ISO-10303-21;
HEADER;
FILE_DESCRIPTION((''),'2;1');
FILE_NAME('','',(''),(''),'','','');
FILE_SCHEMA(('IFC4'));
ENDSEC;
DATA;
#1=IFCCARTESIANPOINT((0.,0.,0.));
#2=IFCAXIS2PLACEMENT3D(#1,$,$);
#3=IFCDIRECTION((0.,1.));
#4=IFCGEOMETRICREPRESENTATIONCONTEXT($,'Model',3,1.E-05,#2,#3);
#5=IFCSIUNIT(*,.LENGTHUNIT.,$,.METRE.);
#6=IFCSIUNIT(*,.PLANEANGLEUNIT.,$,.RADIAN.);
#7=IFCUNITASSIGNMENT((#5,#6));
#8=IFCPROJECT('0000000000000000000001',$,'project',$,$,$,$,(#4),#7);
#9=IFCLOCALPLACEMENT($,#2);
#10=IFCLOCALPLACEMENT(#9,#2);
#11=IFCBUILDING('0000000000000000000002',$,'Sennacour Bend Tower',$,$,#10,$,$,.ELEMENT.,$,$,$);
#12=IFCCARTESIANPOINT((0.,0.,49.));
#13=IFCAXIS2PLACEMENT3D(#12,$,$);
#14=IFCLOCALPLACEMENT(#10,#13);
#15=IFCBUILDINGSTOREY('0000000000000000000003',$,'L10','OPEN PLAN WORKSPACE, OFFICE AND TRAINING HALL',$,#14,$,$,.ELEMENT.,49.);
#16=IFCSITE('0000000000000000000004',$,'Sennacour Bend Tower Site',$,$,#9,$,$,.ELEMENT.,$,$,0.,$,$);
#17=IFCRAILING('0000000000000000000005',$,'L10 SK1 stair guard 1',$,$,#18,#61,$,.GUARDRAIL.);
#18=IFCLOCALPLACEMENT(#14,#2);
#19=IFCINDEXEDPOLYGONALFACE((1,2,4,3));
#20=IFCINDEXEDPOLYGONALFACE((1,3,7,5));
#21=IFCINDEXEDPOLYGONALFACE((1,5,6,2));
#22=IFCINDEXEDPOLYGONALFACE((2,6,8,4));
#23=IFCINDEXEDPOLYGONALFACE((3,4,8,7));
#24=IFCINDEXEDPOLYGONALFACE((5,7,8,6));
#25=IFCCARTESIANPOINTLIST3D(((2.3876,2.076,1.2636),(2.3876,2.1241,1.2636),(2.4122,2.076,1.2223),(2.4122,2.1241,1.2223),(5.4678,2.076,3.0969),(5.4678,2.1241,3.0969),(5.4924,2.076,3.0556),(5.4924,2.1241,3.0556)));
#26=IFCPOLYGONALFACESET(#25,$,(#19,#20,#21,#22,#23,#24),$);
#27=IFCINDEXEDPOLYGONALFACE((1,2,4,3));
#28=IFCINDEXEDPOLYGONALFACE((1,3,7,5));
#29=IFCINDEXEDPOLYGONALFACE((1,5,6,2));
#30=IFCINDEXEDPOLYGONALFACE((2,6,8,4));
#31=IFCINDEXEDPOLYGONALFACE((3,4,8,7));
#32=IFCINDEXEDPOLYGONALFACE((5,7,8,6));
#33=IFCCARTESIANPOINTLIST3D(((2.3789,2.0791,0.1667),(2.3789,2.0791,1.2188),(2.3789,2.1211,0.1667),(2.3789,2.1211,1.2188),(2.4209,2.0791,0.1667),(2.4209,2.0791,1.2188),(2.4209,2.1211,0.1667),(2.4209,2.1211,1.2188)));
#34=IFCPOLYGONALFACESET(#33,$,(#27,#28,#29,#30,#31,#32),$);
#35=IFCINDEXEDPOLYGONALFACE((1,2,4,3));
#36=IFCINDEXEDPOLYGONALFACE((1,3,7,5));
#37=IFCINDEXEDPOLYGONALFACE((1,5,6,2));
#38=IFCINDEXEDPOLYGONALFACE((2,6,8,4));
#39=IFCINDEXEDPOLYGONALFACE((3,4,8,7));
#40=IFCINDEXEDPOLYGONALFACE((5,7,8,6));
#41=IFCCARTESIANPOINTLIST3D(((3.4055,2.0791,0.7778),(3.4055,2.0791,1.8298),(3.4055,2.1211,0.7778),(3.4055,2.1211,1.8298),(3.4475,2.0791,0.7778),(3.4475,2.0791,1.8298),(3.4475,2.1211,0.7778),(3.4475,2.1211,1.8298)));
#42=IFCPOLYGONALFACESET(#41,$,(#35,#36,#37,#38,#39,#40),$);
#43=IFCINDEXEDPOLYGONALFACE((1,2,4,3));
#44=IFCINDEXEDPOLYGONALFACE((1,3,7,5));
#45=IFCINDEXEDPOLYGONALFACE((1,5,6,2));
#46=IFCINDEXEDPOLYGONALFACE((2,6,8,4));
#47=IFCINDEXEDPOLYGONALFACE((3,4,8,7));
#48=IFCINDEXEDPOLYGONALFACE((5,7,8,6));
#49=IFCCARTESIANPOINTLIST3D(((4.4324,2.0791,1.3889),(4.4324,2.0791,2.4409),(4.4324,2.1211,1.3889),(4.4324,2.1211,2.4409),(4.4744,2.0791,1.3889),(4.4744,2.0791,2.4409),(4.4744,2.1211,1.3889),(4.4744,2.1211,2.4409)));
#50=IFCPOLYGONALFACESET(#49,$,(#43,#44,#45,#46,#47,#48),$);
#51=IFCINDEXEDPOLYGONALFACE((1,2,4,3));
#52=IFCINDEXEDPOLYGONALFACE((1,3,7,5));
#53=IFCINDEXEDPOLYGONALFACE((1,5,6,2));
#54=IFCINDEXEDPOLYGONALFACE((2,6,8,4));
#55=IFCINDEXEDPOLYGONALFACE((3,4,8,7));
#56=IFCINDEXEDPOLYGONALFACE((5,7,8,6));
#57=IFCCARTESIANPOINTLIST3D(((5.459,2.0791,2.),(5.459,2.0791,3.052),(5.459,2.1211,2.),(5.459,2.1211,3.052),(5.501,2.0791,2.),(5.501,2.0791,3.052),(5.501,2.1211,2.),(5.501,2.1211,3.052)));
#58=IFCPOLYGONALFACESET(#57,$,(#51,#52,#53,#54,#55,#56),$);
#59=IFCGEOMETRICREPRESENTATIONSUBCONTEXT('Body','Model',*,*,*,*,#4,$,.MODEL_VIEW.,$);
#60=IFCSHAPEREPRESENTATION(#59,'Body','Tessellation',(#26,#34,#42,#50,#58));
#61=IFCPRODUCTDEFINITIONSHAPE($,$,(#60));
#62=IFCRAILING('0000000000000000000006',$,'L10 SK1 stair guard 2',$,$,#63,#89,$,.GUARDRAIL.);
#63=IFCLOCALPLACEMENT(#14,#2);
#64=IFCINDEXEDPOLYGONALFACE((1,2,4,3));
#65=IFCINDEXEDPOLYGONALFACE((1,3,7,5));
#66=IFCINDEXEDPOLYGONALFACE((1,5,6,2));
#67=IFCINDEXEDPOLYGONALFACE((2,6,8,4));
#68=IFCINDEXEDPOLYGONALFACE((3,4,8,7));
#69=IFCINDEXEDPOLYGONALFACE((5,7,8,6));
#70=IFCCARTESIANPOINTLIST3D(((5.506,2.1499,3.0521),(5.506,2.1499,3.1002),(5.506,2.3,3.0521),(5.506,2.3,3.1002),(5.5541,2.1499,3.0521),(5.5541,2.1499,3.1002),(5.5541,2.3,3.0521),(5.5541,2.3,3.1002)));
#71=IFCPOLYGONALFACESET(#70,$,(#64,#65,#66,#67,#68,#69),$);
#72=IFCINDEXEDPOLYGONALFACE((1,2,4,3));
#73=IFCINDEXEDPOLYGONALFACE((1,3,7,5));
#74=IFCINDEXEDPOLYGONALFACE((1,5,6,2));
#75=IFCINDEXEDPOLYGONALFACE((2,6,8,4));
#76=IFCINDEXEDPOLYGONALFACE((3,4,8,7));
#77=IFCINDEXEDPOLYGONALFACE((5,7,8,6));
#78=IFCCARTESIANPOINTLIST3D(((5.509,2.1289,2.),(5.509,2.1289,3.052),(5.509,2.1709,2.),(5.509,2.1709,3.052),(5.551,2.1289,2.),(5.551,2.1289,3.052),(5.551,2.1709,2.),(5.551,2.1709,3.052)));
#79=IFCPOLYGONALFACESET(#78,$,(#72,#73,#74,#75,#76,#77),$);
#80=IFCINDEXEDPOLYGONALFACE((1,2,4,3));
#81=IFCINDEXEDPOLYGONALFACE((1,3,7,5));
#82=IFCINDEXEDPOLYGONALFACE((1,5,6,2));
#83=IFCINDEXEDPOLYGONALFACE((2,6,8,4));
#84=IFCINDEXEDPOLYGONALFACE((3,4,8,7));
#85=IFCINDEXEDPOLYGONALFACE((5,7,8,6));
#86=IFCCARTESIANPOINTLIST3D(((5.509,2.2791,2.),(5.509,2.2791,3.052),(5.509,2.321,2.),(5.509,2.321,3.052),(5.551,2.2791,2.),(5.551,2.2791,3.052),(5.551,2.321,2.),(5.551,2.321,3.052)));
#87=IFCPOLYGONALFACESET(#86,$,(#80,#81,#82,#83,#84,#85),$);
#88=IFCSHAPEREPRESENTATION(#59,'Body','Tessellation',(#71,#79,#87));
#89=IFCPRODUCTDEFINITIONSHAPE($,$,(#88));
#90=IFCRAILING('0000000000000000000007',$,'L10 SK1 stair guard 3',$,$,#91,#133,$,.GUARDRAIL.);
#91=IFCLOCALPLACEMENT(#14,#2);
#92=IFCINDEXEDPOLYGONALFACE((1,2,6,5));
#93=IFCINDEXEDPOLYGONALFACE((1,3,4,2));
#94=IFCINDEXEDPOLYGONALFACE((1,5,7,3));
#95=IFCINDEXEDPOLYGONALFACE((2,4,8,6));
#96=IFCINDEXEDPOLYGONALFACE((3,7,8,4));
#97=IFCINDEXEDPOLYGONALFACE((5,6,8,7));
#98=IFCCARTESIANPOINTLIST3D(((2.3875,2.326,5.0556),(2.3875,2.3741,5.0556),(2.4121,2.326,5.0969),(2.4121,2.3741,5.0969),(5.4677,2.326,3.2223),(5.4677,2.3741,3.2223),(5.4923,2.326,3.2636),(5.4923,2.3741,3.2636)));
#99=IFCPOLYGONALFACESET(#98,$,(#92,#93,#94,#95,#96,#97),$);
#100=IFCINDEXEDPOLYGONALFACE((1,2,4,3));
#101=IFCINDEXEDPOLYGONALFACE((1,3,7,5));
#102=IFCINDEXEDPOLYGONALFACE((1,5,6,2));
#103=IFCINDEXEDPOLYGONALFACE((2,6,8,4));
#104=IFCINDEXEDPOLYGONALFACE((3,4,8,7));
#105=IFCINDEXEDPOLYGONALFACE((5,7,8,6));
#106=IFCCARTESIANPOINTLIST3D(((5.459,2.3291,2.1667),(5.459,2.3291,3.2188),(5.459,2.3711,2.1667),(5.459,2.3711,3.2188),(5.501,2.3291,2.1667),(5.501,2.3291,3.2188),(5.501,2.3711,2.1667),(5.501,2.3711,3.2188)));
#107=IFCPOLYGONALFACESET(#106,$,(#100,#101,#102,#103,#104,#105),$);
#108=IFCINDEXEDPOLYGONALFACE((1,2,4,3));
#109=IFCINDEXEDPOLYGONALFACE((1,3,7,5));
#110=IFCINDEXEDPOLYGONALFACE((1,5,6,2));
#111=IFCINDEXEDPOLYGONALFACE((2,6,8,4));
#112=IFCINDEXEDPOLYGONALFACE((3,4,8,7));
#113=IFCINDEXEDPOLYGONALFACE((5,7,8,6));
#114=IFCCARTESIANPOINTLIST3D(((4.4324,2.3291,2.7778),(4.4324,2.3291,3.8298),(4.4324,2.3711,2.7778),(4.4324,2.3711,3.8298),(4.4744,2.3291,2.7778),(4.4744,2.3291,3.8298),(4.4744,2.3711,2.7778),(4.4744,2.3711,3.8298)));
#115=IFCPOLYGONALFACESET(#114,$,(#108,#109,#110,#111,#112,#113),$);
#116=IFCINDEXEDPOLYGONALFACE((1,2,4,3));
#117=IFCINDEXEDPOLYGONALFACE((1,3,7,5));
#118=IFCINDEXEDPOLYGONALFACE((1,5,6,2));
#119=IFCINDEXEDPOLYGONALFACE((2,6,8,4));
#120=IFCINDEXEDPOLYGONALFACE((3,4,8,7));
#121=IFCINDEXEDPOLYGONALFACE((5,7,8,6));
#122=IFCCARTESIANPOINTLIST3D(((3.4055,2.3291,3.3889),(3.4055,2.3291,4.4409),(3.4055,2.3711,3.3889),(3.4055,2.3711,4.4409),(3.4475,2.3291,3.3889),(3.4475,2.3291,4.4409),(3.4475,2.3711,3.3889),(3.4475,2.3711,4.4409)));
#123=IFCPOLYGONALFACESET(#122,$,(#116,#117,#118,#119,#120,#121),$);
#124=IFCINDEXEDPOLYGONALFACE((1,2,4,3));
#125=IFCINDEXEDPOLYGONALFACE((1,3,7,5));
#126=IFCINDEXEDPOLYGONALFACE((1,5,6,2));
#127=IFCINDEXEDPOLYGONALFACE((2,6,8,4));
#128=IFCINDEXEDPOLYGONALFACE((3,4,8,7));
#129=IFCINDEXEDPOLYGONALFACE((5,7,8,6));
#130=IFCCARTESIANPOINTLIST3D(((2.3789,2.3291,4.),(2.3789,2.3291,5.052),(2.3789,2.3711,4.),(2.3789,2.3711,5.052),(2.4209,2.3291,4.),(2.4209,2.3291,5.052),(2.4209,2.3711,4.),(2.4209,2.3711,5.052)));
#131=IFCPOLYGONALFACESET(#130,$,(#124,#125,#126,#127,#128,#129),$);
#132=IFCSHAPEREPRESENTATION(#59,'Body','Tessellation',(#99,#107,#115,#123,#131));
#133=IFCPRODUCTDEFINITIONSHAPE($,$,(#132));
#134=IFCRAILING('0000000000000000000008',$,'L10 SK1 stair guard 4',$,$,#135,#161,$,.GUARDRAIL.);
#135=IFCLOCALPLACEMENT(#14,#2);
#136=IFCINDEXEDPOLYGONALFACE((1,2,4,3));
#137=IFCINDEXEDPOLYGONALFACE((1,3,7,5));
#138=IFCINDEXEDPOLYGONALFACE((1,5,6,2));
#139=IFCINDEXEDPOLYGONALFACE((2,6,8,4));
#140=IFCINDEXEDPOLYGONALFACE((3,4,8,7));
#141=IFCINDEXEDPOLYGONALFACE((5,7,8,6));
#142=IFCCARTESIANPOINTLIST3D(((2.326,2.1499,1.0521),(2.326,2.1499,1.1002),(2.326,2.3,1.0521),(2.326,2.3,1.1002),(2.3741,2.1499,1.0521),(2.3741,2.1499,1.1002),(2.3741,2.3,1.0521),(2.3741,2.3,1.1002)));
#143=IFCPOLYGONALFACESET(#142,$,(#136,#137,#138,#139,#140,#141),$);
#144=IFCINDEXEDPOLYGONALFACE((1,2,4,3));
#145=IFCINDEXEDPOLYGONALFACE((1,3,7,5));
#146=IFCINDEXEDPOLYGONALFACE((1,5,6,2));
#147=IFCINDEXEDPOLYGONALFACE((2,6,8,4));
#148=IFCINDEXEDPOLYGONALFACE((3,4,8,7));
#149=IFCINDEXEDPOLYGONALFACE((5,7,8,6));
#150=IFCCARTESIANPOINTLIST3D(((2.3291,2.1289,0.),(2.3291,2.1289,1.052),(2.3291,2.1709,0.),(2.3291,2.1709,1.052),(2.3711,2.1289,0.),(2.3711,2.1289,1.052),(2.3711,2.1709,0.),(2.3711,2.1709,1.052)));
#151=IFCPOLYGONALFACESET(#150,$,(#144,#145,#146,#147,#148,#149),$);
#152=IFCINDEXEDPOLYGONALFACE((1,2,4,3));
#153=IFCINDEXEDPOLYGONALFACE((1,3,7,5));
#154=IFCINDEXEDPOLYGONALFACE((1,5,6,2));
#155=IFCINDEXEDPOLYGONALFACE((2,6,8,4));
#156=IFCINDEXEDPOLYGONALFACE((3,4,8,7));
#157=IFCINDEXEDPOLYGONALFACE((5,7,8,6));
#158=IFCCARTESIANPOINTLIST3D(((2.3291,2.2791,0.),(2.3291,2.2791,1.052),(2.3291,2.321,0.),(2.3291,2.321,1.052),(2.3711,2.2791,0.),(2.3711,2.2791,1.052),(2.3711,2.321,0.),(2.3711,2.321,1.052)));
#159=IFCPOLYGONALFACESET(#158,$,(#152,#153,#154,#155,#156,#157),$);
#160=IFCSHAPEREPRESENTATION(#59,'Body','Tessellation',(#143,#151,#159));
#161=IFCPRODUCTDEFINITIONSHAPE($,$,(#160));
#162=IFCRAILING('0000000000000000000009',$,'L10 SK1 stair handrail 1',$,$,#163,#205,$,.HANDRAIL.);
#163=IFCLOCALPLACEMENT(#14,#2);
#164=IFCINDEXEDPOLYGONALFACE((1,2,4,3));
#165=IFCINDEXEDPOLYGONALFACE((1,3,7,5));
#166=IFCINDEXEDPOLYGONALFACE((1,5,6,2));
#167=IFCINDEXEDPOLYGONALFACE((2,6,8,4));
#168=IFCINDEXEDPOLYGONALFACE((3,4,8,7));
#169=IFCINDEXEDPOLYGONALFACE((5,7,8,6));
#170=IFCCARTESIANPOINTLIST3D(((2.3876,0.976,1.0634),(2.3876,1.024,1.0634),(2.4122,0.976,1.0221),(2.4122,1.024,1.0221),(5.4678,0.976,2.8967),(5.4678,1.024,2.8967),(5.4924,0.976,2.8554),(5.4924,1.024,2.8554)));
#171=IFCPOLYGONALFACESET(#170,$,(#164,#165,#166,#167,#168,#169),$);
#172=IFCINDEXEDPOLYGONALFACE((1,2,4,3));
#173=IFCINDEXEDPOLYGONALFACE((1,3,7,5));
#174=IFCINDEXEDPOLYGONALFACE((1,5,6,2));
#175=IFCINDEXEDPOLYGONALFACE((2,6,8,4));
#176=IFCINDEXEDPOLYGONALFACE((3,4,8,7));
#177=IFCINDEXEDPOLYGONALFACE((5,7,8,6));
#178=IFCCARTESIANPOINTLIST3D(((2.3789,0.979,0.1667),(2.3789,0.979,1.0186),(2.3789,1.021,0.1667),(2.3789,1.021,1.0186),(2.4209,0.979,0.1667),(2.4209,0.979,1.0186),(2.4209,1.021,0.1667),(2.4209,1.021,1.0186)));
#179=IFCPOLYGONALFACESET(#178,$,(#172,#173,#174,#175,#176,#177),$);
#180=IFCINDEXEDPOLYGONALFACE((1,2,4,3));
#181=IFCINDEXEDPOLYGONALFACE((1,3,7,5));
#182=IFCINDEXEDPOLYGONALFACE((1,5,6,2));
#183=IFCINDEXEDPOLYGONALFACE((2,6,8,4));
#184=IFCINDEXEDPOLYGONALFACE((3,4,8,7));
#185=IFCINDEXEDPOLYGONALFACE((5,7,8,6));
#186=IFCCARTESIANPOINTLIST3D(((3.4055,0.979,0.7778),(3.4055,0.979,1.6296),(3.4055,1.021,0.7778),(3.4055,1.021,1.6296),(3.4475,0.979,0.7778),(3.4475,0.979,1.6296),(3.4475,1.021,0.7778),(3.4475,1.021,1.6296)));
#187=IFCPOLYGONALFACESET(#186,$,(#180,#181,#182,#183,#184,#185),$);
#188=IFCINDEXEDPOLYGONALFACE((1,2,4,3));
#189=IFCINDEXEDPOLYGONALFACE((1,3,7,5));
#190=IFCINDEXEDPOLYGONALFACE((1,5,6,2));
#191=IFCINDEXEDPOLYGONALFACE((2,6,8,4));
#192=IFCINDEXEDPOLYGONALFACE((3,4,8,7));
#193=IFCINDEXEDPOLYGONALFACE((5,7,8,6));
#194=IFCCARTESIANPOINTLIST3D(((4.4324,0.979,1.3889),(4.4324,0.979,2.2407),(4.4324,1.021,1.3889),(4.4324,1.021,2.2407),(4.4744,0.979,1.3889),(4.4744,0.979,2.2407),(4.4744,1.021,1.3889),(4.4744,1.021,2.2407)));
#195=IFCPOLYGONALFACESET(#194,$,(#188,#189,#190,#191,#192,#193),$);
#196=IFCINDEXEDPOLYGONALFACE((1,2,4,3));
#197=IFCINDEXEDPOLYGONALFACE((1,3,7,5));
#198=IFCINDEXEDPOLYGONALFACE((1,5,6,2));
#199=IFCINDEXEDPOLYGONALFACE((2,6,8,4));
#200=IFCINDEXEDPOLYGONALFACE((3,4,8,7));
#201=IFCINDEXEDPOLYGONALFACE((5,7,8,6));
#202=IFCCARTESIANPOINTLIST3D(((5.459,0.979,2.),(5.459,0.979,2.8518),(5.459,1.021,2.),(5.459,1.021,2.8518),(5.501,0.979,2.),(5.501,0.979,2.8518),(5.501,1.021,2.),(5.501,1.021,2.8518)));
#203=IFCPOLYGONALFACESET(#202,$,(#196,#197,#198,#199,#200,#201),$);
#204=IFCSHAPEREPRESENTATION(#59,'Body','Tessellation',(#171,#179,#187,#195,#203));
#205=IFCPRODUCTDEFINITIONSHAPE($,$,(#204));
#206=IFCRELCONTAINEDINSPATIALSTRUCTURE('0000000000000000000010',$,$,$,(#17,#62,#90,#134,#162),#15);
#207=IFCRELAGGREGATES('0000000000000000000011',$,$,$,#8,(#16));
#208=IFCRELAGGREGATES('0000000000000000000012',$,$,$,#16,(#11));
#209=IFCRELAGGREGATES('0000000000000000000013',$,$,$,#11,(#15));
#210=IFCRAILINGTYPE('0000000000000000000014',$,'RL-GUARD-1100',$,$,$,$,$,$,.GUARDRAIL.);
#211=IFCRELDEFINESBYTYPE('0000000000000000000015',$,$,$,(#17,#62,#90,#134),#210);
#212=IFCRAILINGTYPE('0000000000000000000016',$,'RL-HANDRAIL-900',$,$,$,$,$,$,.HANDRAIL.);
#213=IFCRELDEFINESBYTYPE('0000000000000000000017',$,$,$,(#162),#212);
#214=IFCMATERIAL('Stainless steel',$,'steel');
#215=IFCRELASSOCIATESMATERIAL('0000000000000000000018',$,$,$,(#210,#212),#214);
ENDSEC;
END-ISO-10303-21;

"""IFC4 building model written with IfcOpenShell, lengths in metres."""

from ifc_helpers import new_model, si_unit, direction, frame, origin, origin_2d, place, context, subcontext, project, spatial, rectangle, extrude, material, type_object, element, save


model = new_model("IFC4")

# Units and contexts
model_context = context("Model", 3, precision=1e-05, world=origin(), true_north=direction((0.0, 1.0)))
body_context = subcontext(model_context, "Body", "Model", "MODEL_VIEW")
ifc_project = project(units=[si_unit("LENGTHUNIT", "METRE"), si_unit("PLANEANGLEUNIT", "RADIAN")], contexts=[model_context])

# Site, building, storey
site_placement = place(None, origin())
site = spatial("IfcSite", under=ifc_project, at=site_placement, Name="Sennacour Bend Tower Site", CompositionType="ELEMENT", RefElevation=0.0)
building_placement = place(site_placement, origin())
building = spatial("IfcBuilding", under=site, at=building_placement, Name="Sennacour Bend Tower", CompositionType="ELEMENT")
storey_placement = place(building_placement, frame((0.0, 0.0, 49.0)))
storey = spatial("IfcBuildingStorey", under=building, at=storey_placement, Name="L10", Description="OPEN PLAN WORKSPACE, OFFICE AND TRAINING HALL", CompositionType="ELEMENT", Elevation=49.0)

# Railings
ifc_material_1 = material(Name="Stainless steel", Category="steel")
railing_type_1 = type_object("IfcRailingType", Name="RL-GUARD-1100", PredefinedType="GUARDRAIL", material=ifc_material_1)
railing_1_placement = place(storey_placement, frame((2.3999, 2.1001, 0.1667)))
element("IfcRailing", 1, at=railing_1_placement, inside=storey, type_object=railing_type_1, Name="L10 SK1 stair guard 1", PredefinedType="GUARDRAIL", context=body_context, shape_type="SweptSolid", body=[
    extrude(rectangle(XDim=0.0481, YDim=0.0481, at=origin_2d()), frame((0.0, 0.0, 1.0762), z_axis=(0.859309, 0.0, 0.511458), x_axis=(0.0, 1.0, 0.0)), (0.0, 0.0, 1.0), 3.5845),
    extrude(rectangle(XDim=0.042, YDim=0.042, at=origin_2d()), origin(), (0.0, 0.0, 1.0), 1.052),
    extrude(rectangle(XDim=0.042, YDim=0.042, at=origin_2d()), frame((1.0266, 0.0, 0.6111)), (0.0, 0.0, 1.0), 1.052),
    extrude(rectangle(XDim=0.042, YDim=0.042, at=origin_2d()), frame((2.0535, 0.0, 1.2222)), (0.0, 0.0, 1.0), 1.052),
    extrude(rectangle(XDim=0.042, YDim=0.042, at=origin_2d()), frame((3.0801, 0.0, 1.8333)), (0.0, 0.0, 1.0), 1.052),
])
railing_2_placement = place(storey_placement, frame((5.53, 2.1499, 2.0)))
element("IfcRailing", 2, at=railing_2_placement, inside=storey, type_object=railing_type_1, Name="L10 SK1 stair guard 2", PredefinedType="GUARDRAIL", context=body_context, shape_type="SweptSolid", body=[
    extrude(rectangle(XDim=0.0481, YDim=0.0481, at=origin_2d()), frame((0.0, 0.0, 1.0762), z_axis=(0.0, 1.0, 0.0), x_axis=(-1.0, 0.0, 0.0)), (0.0, 0.0, 1.0), 0.1501),
    extrude(rectangle(XDim=0.042, YDim=0.042, at=origin_2d()), origin(), (0.0, 0.0, 1.0), 1.052),
    extrude(rectangle(XDim=0.042, YDim=0.042, at=origin_2d()), frame((0.0, 0.1501, 0.0)), (0.0, 0.0, 1.0), 1.052),
])
railing_3_placement = place(storey_placement, frame((5.48, 2.3501, 2.1667)))
element("IfcRailing", 3, at=railing_3_placement, inside=storey, type_object=railing_type_1, Name="L10 SK1 stair guard 3", PredefinedType="GUARDRAIL", context=body_context, shape_type="SweptSolid", body=[
    extrude(rectangle(XDim=0.0481, YDim=0.0481, at=origin_2d()), frame((0.0, 0.0, 1.0762), z_axis=(-0.859309, 0.0, 0.511458), x_axis=(0.0, -1.0, 0.0)), (0.0, 0.0, 1.0), 3.5845),
    extrude(rectangle(XDim=0.042, YDim=0.042, at=origin_2d()), origin(), (0.0, 0.0, 1.0), 1.052),
    extrude(rectangle(XDim=0.042, YDim=0.042, at=origin_2d()), frame((-1.0266, 0.0, 0.6111)), (0.0, 0.0, 1.0), 1.052),
    extrude(rectangle(XDim=0.042, YDim=0.042, at=origin_2d()), frame((-2.0535, 0.0, 1.2222)), (0.0, 0.0, 1.0), 1.052),
    extrude(rectangle(XDim=0.042, YDim=0.042, at=origin_2d()), frame((-3.0801, 0.0, 1.8333)), (0.0, 0.0, 1.0), 1.052),
])
railing_4_placement = place(storey_placement, frame((2.3501, 2.1499, 0.0)))
element("IfcRailing", 4, at=railing_4_placement, inside=storey, type_object=railing_type_1, Name="L10 SK1 stair guard 4", PredefinedType="GUARDRAIL", context=body_context, shape_type="SweptSolid", body=[
    extrude(rectangle(XDim=0.0481, YDim=0.0481, at=origin_2d()), frame((0.0, 0.0, 1.0762), z_axis=(0.0, 1.0, 0.0), x_axis=(-1.0, 0.0, 0.0)), (0.0, 0.0, 1.0), 0.1501),
    extrude(rectangle(XDim=0.042, YDim=0.042, at=origin_2d()), origin(), (0.0, 0.0, 1.0), 1.052),
    extrude(rectangle(XDim=0.042, YDim=0.042, at=origin_2d()), frame((0.0, 0.1501, 0.0)), (0.0, 0.0, 1.0), 1.052),
])
railing_type_2 = type_object("IfcRailingType", Name="RL-HANDRAIL-900", PredefinedType="HANDRAIL", material=ifc_material_1)
railing_5_placement = place(storey_placement, frame((2.3999, 1.0, 0.1667)))
element("IfcRailing", 5, at=railing_5_placement, inside=storey, type_object=railing_type_2, Name="L10 SK1 stair handrail 1", PredefinedType="HANDRAIL", context=body_context, shape_type="SweptSolid", body=[
    extrude(rectangle(XDim=0.0481, YDim=0.0481, at=origin_2d()), frame((0.0, 0.0, 0.876), z_axis=(0.859309, 0.0, 0.511458), x_axis=(0.0, 1.0, 0.0)), (0.0, 0.0, 1.0), 3.5845),
    extrude(rectangle(XDim=0.042, YDim=0.042, at=origin_2d()), origin(), (0.0, 0.0, 1.0), 0.8518),
    extrude(rectangle(XDim=0.042, YDim=0.042, at=origin_2d()), frame((1.0266, 0.0, 0.6111)), (0.0, 0.0, 1.0), 0.8518),
    extrude(rectangle(XDim=0.042, YDim=0.042, at=origin_2d()), frame((2.0535, 0.0, 1.2222)), (0.0, 0.0, 1.0), 0.8518),
    extrude(rectangle(XDim=0.042, YDim=0.042, at=origin_2d()), frame((3.0801, 0.0, 1.8333)), (0.0, 0.0, 1.0), 0.8518),
])

save(model, "model.ifc")
